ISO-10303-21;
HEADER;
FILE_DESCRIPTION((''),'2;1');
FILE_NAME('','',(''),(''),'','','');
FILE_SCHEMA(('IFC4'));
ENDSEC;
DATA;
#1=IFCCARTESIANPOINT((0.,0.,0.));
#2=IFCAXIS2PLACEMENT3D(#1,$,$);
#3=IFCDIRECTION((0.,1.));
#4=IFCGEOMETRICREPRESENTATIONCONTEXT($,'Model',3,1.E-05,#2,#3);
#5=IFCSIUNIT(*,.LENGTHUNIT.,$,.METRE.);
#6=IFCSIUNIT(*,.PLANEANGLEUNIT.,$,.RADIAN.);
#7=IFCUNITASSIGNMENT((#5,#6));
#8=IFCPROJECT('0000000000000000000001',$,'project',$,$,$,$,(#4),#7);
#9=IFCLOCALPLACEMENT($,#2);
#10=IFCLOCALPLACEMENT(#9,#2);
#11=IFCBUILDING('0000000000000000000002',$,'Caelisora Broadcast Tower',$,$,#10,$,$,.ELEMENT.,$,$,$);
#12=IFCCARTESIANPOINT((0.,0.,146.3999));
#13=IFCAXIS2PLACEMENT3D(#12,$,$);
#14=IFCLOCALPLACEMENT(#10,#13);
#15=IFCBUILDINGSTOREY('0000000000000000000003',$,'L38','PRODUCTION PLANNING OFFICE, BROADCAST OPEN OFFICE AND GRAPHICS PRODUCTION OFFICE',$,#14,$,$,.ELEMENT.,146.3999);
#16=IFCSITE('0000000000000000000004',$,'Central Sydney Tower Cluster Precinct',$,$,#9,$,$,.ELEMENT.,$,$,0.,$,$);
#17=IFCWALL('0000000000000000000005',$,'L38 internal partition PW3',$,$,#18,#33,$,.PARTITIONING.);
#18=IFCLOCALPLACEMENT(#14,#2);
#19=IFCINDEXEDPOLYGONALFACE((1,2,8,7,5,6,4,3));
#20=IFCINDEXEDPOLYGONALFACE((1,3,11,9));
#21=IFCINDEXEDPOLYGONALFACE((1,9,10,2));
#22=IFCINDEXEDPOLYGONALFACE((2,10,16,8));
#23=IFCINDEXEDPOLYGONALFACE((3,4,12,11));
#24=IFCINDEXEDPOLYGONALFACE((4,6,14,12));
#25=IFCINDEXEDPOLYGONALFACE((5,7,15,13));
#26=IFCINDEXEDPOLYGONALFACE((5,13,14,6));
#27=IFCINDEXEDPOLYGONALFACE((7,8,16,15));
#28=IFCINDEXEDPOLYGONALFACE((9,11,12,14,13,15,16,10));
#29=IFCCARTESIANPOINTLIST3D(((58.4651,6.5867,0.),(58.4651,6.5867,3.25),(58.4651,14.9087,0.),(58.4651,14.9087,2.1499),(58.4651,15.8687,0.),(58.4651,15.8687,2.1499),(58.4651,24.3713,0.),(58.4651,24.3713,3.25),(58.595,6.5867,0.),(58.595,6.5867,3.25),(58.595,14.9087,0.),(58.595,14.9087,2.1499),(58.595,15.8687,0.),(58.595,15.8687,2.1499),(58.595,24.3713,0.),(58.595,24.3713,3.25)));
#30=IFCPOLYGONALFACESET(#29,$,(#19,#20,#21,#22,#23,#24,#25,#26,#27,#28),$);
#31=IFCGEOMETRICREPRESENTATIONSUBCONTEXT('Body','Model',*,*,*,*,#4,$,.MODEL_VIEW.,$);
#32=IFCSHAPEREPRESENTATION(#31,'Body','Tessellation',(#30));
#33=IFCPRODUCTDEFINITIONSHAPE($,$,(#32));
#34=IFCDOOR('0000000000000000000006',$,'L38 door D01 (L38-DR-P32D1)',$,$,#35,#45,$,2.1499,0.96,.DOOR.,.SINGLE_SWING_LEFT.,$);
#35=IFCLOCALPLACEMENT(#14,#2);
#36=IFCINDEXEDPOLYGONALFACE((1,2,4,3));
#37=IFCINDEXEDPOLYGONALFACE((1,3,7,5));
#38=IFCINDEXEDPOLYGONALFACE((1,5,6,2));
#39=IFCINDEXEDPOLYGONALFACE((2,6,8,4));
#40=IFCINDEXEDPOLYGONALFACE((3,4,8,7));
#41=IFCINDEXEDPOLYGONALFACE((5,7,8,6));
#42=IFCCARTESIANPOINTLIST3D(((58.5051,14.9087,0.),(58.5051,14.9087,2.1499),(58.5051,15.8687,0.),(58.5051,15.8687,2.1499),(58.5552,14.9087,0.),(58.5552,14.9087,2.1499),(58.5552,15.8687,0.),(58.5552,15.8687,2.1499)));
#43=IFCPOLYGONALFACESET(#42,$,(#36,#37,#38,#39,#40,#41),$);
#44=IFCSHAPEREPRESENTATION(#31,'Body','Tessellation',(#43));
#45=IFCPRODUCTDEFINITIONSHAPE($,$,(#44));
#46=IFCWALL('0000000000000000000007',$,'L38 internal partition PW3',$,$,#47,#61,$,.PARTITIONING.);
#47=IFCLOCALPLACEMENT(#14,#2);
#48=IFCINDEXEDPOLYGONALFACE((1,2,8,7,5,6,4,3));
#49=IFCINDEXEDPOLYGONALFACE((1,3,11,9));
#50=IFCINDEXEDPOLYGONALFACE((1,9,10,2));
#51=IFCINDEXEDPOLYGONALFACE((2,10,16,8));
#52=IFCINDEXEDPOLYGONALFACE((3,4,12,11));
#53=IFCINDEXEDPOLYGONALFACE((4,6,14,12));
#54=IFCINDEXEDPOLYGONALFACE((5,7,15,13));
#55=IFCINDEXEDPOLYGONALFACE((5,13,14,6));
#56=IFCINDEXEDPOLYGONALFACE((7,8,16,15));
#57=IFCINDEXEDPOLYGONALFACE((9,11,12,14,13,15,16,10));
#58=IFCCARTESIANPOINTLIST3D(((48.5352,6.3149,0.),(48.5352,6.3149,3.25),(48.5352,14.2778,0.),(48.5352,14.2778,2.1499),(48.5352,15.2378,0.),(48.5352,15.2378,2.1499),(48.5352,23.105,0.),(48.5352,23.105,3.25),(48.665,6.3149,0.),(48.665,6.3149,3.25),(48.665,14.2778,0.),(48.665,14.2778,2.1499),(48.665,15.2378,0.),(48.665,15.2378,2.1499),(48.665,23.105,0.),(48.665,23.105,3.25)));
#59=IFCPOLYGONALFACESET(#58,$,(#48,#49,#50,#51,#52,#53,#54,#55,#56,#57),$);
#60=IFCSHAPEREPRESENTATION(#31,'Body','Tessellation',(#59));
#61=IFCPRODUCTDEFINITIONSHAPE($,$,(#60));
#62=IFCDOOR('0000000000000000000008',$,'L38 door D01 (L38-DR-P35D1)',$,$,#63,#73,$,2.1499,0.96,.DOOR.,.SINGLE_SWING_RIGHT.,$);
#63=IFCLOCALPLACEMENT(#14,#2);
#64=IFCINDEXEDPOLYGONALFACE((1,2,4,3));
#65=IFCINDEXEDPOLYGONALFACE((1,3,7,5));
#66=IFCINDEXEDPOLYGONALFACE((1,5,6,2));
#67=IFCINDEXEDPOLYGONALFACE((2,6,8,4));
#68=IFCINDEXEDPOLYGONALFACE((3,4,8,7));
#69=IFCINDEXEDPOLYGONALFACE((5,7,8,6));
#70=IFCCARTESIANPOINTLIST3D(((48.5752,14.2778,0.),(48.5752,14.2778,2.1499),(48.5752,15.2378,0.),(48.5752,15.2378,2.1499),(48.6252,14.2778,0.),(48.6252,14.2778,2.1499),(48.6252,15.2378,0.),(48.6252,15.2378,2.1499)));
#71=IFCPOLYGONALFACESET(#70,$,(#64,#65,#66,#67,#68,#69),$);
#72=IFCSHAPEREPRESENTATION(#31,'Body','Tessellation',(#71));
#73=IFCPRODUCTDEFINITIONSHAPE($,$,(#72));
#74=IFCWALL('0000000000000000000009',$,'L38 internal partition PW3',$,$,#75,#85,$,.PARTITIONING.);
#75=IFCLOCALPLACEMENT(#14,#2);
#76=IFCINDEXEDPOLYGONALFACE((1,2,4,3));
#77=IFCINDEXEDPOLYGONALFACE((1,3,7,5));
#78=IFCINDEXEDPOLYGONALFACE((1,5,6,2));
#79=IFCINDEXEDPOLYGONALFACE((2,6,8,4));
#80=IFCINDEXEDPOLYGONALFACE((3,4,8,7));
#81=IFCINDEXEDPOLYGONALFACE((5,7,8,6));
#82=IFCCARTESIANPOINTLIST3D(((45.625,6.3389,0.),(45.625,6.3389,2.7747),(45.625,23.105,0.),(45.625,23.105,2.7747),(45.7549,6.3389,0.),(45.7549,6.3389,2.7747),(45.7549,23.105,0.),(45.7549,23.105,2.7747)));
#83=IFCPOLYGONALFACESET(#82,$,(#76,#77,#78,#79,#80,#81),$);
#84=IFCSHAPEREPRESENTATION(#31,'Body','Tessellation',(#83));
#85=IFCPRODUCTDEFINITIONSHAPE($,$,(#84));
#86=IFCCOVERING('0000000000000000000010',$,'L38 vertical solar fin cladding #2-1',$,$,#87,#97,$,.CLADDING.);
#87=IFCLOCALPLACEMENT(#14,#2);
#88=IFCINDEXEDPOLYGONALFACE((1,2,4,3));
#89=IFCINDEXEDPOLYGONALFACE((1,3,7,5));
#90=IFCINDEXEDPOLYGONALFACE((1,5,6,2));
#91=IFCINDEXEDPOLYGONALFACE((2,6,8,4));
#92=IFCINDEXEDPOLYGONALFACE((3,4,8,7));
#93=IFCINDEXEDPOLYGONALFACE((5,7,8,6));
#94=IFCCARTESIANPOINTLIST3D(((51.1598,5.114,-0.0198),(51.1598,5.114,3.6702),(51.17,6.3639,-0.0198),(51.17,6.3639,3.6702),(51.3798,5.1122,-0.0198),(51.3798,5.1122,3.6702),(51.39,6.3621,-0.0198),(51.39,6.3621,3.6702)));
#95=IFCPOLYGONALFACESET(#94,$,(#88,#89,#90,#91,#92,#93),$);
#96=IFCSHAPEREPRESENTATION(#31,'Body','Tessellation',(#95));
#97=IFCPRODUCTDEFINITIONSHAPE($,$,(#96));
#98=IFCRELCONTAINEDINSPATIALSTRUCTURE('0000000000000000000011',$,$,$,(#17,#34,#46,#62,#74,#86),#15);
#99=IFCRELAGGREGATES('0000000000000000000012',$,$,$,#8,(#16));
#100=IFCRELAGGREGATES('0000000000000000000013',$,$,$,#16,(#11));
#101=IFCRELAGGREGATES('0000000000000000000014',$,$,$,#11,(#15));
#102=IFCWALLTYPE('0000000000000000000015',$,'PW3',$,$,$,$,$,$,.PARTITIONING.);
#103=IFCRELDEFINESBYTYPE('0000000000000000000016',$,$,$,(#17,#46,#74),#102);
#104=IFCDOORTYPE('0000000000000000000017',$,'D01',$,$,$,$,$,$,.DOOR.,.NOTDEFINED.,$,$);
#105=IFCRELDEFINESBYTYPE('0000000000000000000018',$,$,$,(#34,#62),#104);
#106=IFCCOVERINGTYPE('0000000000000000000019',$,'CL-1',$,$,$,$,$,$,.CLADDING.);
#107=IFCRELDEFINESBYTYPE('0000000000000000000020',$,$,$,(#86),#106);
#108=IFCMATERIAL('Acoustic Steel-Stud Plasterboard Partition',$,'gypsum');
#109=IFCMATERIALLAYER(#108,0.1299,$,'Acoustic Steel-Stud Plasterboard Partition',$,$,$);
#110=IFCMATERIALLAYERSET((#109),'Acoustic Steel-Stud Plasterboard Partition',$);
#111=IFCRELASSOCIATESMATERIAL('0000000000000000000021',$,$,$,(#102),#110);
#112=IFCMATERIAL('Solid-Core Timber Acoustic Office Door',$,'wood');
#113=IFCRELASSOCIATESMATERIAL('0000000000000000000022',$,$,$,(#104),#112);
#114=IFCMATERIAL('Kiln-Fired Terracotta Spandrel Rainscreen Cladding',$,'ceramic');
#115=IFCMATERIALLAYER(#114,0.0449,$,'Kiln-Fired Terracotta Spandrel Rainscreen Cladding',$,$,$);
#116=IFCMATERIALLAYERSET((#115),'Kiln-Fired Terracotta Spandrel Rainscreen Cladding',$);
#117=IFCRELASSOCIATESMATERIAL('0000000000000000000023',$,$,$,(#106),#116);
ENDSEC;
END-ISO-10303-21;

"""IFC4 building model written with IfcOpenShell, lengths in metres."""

from ifc_helpers import new_model, si_unit, direction, frame, frame_2d, origin, origin_2d, place, context, subcontext, project, spatial, rectangle, extrude, source, transform, mapped, material, layer, layer_set, type_object, type_shapes, element, fill, save


model = new_model("IFC4")

# Units and contexts
model_context = context("Model", 3, precision=1e-05, world=origin(), true_north=direction((0.0, 1.0)))
body_context = subcontext(model_context, "Body", "Model", "MODEL_VIEW")
ifc_project = project(units=[si_unit("LENGTHUNIT", "METRE"), si_unit("PLANEANGLEUNIT", "RADIAN")], contexts=[model_context])

# Site, building, storey
site_placement = place(None, origin())
site = spatial("IfcSite", under=ifc_project, at=site_placement, Name="Central Sydney Tower Cluster Precinct", CompositionType="ELEMENT", RefElevation=0.0)
building_placement = place(site_placement, origin())
building = spatial("IfcBuilding", under=site, at=building_placement, Name="Caelisora Broadcast Tower", CompositionType="ELEMENT")
storey_placement = place(building_placement, frame((0.0, 0.0, 146.3999)))
storey = spatial("IfcBuildingStorey", under=building, at=storey_placement, Name="L38", Description="PRODUCTION PLANNING OFFICE, BROADCAST OPEN OFFICE AND GRAPHICS PRODUCTION OFFICE", CompositionType="ELEMENT", Elevation=146.3999)

# Shared definitions
ifc_material_1 = material(Name="Acoustic Steel-Stud Plasterboard Partition", Category="gypsum")
ifc_layer_1 = layer(ifc_material_1, 0.1299, Name="Acoustic Steel-Stud Plasterboard Partition")
ifc_layer_set_1 = layer_set([ifc_layer_1], Name="Acoustic Steel-Stud Plasterboard Partition")
wall_type_1 = type_object("IfcWallType", Name="PW3", PredefinedType="PARTITIONING", material=ifc_layer_set_1)
ifc_material_2 = material(Name="Solid-Core Timber Acoustic Office Door", Category="wood")
door_type = type_object("IfcDoorType", Name="D01", OperationType="NOTDEFINED", PredefinedType="DOOR", material=ifc_material_2)

# Walls, openings, doors
wall_1_placement = place(storey_placement, frame((58.53, 6.5867, 0.0), z_axis=(0.0, 0.0, 1.0), x_axis=(0.0, 1.0, 0.0)))
wall_1 = element("IfcWall", 1, at=wall_1_placement, inside=storey, type_object=wall_type_1, Name="L38 internal partition PW3", PredefinedType="PARTITIONING", context=body_context, shape_type="SweptSolid", body=[
    extrude(rectangle(XDim=17.7847, YDim=0.1299, at=frame_2d((8.8923, 0.0))), origin(), (0.0, 0.0, 1.0), 3.25),
])
opening_1_placement = place(wall_1_placement, frame((8.322, 0.0, 0.0)))
opening_1 = element("IfcOpeningElement", 2, at=opening_1_placement, cuts=wall_1, PredefinedType="OPENING", context=body_context, shape_type="SweptSolid", body=[
    extrude(rectangle(XDim=0.96, YDim=2.1499, at=frame_2d((0.48, 1.075))), frame((0.0, 0.0769, 0.0), z_axis=(0.0, -1.0, 0.0), x_axis=(1.0, 0.0, 0.0)), (0.0, 0.0, 1.0), 0.1538),
])
door_1_placement = place(opening_1_placement, origin())
door_1 = element("IfcDoor", 3, at=door_1_placement, inside=storey, type_object=door_type, Name="L38 door D01 (L38-DR-P32D1)", OperationType="SINGLE_SWING_LEFT", OverallHeight=2.1499, OverallWidth=0.96, PredefinedType="DOOR", context=body_context, shape_type="SweptSolid", body=[
    extrude(rectangle(XDim=0.96, YDim=2.1499, at=frame_2d((0.48, 1.075))), frame((0.0, 0.0249, 0.0), z_axis=(0.0, -1.0, 0.0), x_axis=(1.0, 0.0, 0.0)), (0.0, 0.0, 1.0), 0.05),
])
fill(opening_1, door_1)
wall_2_placement = place(storey_placement, frame((48.6001, 6.3149, 0.0), z_axis=(0.0, 0.0, 1.0), x_axis=(0.0, 1.0, 0.0)))
wall_2 = element("IfcWall", 4, at=wall_2_placement, inside=storey, type_object=wall_type_1, Name="L38 internal partition PW3", PredefinedType="PARTITIONING", context=body_context, shape_type="SweptSolid", body=[
    extrude(rectangle(XDim=16.79, YDim=0.1299, at=frame_2d((8.395, 0.0))), origin(), (0.0, 0.0, 1.0), 3.25),
])
opening_2_placement = place(wall_2_placement, frame((7.9629, 0.0, 0.0)))
opening_2 = element("IfcOpeningElement", 5, at=opening_2_placement, cuts=wall_2, PredefinedType="OPENING", context=body_context, shape_type="SweptSolid", body=[
    extrude(rectangle(XDim=0.96, YDim=2.1499, at=frame_2d((0.48, 1.075))), frame((0.0, 0.0769, 0.0), z_axis=(0.0, -1.0, 0.0), x_axis=(1.0, 0.0, 0.0)), (0.0, 0.0, 1.0), 0.1538),
])
door_2_placement = place(opening_2_placement, origin())
door_2 = element("IfcDoor", 6, at=door_2_placement, inside=storey, type_object=door_type, Name="L38 door D01 (L38-DR-P35D1)", OperationType="SINGLE_SWING_RIGHT", OverallHeight=2.1499, OverallWidth=0.96, PredefinedType="DOOR", context=body_context, shape_type="SweptSolid", body=[
    extrude(rectangle(XDim=0.96, YDim=2.1499, at=frame_2d((0.48, 1.075))), frame((0.0, 0.0249, 0.0), z_axis=(0.0, -1.0, 0.0), x_axis=(1.0, 0.0, 0.0)), (0.0, 0.0, 1.0), 0.05),
])
fill(opening_2, door_2)

# Wall
wall_3_placement = place(storey_placement, frame((45.6899, 6.3389, 0.0), z_axis=(0.0, 0.0, 1.0), x_axis=(0.0, 1.0, 0.0)))
element("IfcWall", 7, at=wall_3_placement, inside=storey, type_object=wall_type_1, Name="L38 internal partition PW3", PredefinedType="PARTITIONING", context=body_context, shape_type="SweptSolid", body=[
    extrude(rectangle(XDim=16.7661, YDim=0.1299, at=frame_2d((8.3831, 0.0))), origin(), (0.0, 0.0, 1.0), 2.7747),
])

# Covering
ifc_material_3 = material(Name="Kiln-Fired Terracotta Spandrel Rainscreen Cladding", Category="ceramic")
ifc_layer_2 = layer(ifc_material_3, 0.0449, Name="Kiln-Fired Terracotta Spandrel Rainscreen Cladding")
ifc_layer_set_2 = layer_set([ifc_layer_2], Name="Kiln-Fired Terracotta Spandrel Rainscreen Cladding")
covering_type = type_object("IfcCoveringType", Name="CL-1", PredefinedType="CLADDING", material=ifc_layer_set_2)
shared_shape_1 = source(origin(), body_context, "Body", "SweptSolid", [
    extrude(rectangle(XDim=0.22, YDim=1.25, at=origin_2d()), origin(), (0.0, 0.0, 1.0), 3.6899),
])
type_shapes(covering_type, [shared_shape_1])
covering_placement = place(storey_placement, frame((51.2749, 5.738, -0.0198), z_axis=(0.0, 0.0, 1.0), x_axis=(-0.999966, 0.008203, 0.0)))
element("IfcCovering", 8, at=covering_placement, inside=storey, type_object=covering_type, Name="L38 vertical solar fin cladding #2-1", PredefinedType="CLADDING", context=body_context, shape_type="MappedRepresentation", body=[
    mapped(shared_shape_1, transform((0.0, 0.0, 0.0), scale=1.0)),
])

save(model, "model.ifc")
